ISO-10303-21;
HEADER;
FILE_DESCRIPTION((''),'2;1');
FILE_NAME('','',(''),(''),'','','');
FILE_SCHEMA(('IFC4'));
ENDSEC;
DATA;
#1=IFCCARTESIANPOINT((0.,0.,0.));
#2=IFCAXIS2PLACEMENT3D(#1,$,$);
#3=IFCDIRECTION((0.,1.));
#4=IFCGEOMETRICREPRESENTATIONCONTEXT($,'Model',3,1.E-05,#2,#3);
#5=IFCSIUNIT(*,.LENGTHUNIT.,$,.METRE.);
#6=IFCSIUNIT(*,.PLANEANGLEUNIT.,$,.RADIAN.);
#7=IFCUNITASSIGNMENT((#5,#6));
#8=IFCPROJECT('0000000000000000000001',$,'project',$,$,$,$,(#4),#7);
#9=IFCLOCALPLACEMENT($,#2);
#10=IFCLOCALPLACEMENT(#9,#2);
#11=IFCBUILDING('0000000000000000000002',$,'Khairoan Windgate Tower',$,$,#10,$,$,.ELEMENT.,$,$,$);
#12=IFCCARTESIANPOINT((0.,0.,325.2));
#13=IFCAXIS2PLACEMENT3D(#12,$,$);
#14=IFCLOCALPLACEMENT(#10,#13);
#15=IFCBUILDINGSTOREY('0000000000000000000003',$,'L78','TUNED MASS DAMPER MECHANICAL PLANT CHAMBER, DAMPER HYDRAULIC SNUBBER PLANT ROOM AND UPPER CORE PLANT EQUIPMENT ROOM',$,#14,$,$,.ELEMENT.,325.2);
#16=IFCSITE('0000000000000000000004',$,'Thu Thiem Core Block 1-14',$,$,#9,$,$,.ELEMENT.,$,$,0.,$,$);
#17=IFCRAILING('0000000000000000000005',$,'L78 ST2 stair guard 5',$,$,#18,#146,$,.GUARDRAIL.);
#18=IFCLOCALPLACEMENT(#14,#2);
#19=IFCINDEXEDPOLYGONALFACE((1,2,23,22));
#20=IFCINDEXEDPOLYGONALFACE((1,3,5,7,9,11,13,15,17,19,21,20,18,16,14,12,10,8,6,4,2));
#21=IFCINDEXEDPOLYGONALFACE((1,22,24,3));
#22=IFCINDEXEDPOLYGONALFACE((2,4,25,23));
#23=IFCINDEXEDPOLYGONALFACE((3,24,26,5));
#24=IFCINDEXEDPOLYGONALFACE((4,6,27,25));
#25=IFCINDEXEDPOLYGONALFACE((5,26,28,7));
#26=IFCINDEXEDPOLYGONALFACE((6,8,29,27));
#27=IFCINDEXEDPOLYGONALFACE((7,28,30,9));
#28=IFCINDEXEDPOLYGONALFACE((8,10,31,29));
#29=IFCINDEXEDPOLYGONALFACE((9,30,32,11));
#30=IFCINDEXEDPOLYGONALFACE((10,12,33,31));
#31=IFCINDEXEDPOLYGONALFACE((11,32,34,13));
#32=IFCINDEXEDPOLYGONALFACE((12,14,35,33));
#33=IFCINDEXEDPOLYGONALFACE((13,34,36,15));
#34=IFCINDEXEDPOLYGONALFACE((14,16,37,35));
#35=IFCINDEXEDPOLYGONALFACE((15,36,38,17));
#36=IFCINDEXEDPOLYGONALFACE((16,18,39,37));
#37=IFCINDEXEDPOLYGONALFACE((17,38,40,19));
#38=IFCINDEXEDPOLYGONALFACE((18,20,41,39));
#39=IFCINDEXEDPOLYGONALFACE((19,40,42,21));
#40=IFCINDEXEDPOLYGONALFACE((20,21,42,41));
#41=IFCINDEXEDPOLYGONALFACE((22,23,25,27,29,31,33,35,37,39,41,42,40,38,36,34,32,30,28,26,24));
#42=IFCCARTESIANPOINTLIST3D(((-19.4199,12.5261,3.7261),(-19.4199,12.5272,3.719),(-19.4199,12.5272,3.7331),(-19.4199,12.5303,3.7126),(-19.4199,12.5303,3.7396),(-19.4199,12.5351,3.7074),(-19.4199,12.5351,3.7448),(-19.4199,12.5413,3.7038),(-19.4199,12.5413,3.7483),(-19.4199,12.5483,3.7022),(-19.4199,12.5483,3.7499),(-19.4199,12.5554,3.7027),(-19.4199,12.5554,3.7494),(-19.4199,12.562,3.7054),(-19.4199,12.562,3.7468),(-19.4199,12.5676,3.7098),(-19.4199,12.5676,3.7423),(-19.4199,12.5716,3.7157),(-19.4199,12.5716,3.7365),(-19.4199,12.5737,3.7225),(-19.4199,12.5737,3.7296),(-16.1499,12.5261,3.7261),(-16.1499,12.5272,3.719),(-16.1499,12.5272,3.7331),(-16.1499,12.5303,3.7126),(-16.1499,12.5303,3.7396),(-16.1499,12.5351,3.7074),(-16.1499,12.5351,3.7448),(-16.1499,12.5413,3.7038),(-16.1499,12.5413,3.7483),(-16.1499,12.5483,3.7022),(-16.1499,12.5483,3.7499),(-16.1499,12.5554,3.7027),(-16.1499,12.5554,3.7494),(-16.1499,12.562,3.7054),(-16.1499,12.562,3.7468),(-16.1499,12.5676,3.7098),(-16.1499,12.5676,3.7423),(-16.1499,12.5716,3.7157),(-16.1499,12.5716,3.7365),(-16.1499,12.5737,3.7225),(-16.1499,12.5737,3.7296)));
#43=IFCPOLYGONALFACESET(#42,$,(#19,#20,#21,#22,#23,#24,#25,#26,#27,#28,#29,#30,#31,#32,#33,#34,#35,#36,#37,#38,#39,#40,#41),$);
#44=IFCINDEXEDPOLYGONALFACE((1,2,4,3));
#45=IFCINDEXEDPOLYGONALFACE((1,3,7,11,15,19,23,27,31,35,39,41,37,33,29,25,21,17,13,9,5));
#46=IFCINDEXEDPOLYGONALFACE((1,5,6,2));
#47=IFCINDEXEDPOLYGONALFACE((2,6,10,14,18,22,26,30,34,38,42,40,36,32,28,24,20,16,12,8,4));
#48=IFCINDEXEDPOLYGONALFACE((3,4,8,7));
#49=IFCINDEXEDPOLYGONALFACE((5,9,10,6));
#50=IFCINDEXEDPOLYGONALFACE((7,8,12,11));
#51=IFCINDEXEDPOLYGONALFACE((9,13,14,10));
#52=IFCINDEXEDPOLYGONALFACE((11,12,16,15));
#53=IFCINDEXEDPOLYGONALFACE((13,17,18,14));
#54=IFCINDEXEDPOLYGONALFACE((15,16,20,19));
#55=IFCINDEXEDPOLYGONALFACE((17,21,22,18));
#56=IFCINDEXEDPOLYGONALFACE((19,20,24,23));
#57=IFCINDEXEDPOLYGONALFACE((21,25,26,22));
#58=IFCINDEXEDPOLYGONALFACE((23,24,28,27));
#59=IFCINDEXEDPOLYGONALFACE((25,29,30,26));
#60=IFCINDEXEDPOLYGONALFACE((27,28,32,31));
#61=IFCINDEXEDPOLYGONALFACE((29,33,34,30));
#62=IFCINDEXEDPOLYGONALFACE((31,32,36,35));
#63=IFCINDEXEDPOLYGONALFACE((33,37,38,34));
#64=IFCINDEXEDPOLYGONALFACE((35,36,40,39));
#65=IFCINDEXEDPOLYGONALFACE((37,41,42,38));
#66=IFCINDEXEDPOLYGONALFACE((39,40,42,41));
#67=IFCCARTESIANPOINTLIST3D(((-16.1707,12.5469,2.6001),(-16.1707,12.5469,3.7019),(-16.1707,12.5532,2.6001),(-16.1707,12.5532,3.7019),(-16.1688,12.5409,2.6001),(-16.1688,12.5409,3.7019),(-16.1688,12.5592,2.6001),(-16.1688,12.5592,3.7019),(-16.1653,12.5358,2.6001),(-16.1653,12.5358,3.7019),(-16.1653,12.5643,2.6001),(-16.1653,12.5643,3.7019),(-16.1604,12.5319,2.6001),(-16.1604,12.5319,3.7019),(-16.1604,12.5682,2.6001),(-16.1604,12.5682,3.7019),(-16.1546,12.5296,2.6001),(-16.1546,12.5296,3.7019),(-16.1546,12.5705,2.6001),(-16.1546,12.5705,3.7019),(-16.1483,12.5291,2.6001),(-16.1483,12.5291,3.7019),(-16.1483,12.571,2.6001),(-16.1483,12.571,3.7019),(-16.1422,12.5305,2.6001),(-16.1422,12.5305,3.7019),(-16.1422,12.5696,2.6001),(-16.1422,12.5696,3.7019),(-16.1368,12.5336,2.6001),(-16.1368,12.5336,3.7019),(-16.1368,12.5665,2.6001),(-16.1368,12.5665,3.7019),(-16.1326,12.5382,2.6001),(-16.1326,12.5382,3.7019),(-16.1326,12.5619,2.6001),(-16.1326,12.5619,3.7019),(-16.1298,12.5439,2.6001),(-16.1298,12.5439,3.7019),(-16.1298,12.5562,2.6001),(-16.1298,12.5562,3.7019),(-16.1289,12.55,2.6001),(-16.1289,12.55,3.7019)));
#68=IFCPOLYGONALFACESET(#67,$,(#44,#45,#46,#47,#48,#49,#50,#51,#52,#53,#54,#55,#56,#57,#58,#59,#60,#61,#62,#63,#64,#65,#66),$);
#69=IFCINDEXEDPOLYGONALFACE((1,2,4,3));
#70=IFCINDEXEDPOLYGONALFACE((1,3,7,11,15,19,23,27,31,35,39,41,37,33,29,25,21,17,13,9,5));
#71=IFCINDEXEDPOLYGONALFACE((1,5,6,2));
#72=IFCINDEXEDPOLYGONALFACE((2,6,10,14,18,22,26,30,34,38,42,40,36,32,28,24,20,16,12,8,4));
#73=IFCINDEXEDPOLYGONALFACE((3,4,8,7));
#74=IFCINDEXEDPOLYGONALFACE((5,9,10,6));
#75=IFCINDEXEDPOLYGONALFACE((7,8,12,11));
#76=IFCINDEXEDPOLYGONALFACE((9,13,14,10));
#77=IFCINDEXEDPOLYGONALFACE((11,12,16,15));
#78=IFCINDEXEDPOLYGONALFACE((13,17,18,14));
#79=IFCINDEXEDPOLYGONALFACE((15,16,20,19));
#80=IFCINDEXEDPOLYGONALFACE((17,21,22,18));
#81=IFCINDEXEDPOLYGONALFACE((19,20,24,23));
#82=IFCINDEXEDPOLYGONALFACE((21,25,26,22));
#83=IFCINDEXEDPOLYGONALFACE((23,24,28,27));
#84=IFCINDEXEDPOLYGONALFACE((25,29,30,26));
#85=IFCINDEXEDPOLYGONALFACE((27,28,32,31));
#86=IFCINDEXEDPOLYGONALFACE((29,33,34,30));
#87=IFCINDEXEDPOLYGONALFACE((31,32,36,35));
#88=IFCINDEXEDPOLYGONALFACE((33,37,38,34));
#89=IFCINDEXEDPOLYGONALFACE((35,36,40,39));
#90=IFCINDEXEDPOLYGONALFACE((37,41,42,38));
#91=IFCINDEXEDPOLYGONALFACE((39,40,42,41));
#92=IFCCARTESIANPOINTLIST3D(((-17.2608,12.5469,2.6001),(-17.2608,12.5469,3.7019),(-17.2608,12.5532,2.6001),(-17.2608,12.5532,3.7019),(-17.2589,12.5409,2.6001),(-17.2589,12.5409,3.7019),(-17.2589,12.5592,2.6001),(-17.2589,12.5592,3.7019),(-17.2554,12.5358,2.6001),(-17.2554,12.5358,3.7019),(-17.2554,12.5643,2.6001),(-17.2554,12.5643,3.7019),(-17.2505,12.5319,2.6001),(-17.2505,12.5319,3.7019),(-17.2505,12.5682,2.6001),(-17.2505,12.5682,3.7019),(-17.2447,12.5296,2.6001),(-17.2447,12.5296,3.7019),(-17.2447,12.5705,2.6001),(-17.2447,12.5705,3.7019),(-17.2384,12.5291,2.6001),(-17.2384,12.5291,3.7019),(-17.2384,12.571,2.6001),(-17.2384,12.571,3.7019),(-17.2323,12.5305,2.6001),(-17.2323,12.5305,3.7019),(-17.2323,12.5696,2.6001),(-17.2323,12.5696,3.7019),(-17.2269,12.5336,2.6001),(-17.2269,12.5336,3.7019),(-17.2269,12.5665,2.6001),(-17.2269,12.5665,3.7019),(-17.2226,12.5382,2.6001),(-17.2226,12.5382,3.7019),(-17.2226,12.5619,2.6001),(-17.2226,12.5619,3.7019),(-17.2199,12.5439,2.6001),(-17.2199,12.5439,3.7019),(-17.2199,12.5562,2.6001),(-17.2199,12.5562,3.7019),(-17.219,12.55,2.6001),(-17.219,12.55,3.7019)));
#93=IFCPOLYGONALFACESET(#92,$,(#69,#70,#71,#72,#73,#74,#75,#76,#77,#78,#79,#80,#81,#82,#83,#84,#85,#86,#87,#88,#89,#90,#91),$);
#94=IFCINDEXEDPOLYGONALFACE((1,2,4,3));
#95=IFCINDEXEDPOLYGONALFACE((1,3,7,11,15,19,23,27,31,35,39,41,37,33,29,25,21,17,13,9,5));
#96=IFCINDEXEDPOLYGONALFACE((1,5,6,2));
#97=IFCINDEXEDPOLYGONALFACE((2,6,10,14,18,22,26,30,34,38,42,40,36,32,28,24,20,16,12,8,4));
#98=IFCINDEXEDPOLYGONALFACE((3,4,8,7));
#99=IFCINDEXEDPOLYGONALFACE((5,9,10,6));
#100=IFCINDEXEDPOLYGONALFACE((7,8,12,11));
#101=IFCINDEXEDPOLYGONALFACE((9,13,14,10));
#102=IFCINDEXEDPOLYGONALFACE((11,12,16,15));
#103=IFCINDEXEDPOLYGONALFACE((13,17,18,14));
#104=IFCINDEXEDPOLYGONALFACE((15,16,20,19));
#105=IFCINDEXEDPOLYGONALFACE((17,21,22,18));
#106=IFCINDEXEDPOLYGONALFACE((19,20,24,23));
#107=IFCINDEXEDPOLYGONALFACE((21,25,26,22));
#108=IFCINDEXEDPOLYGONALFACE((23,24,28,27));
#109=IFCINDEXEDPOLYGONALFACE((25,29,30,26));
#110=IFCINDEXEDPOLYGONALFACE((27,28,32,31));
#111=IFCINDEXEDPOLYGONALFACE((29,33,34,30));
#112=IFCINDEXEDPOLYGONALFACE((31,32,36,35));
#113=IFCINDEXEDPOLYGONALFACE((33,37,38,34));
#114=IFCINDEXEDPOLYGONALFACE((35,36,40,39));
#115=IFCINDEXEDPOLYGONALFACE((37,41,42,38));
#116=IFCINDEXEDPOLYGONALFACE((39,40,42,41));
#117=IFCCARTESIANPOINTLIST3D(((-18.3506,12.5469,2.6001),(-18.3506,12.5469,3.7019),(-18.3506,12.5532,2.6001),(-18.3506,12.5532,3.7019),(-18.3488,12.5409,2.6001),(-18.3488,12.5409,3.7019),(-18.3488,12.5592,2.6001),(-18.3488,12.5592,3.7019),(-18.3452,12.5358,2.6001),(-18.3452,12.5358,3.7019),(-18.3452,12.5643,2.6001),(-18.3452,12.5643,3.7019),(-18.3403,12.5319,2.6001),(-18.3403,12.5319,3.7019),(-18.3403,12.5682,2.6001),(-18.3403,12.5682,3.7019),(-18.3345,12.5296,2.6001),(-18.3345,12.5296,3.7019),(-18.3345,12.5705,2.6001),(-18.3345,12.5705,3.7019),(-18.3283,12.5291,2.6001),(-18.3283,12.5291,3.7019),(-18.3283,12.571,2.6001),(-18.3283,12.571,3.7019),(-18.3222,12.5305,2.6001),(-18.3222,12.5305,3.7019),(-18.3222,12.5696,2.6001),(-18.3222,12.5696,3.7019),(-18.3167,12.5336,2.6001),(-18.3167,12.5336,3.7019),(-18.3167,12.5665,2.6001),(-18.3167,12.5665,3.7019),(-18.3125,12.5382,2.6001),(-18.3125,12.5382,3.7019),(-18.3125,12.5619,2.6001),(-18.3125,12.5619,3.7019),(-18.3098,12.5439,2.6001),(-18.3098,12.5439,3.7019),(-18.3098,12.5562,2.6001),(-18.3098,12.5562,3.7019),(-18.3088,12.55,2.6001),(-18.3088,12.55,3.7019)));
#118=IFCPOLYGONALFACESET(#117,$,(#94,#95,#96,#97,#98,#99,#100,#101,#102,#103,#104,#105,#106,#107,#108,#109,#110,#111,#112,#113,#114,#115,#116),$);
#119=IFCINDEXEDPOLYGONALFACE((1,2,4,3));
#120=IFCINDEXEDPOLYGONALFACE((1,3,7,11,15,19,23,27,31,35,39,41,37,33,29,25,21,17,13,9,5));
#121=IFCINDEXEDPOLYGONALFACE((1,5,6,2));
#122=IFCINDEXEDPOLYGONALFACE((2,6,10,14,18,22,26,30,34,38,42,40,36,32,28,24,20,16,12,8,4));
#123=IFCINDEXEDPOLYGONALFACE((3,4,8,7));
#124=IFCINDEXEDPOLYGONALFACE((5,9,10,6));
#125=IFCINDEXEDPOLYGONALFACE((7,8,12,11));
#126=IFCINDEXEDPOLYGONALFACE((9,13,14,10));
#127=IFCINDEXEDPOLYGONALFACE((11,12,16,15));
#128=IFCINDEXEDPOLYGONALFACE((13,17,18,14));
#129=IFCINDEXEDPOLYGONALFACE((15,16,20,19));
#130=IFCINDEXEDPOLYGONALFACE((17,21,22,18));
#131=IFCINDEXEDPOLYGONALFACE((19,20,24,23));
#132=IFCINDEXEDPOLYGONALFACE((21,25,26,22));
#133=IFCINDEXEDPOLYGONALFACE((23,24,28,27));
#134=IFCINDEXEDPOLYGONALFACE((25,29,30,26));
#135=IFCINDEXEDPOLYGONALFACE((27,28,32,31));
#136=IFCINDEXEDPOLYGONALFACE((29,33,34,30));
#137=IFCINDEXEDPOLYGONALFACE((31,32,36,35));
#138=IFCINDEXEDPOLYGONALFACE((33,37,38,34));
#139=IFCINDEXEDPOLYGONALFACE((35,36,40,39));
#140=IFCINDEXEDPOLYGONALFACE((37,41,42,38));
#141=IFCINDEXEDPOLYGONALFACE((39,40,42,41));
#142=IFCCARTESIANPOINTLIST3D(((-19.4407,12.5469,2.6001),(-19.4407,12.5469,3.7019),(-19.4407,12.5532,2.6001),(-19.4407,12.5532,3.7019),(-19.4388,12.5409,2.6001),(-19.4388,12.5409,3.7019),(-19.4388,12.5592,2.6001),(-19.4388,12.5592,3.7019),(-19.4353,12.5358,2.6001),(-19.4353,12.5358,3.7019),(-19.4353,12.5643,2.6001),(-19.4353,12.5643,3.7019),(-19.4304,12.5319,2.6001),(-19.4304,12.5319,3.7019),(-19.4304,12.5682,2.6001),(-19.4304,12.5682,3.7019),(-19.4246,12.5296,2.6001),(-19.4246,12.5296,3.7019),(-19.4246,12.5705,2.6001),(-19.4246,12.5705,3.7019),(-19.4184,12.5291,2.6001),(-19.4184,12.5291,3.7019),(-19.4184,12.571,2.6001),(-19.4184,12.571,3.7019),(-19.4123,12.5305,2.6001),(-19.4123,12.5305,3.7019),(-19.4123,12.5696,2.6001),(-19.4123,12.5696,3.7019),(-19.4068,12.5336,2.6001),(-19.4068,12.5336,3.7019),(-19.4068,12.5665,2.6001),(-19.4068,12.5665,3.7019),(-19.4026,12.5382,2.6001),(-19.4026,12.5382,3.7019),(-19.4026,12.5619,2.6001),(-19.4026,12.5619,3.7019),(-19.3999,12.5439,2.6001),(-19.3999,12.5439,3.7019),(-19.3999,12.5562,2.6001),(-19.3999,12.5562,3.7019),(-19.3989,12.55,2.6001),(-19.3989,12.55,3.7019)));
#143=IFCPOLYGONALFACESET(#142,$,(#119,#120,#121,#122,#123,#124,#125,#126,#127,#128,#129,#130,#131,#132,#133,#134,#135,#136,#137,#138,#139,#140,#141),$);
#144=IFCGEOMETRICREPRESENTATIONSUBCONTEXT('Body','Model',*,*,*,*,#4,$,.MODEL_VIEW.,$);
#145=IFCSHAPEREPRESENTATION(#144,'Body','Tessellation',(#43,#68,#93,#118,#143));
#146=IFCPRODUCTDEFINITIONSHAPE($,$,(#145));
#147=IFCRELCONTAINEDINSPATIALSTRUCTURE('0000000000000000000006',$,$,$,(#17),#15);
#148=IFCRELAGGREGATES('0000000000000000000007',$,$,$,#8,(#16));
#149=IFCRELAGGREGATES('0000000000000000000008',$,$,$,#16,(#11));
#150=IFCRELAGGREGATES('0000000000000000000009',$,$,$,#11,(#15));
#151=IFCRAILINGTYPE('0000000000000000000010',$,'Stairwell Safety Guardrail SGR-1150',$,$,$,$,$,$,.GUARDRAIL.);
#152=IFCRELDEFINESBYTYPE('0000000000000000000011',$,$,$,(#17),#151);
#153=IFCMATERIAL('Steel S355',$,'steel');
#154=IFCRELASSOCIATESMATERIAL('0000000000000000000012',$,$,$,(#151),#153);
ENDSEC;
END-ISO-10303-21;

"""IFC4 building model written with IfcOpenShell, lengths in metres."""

from ifc_helpers import new_model, si_unit, direction, frame, origin, origin_2d, place, context, subcontext, project, spatial, circle, extrude, material, type_object, element, save


model = new_model("IFC4")

# Units and contexts
model_context = context("Model", 3, precision=1e-05, world=origin(), true_north=direction((0.0, 1.0)))
body_context = subcontext(model_context, "Body", "Model", "MODEL_VIEW")
ifc_project = project(units=[si_unit("LENGTHUNIT", "METRE"), si_unit("PLANEANGLEUNIT", "RADIAN")], contexts=[model_context])

# Site, building, storey
site_placement = place(None, origin())
site = spatial("IfcSite", under=ifc_project, at=site_placement, Name="Thu Thiem Core Block 1-14", CompositionType="ELEMENT", RefElevation=0.0)
building_placement = place(site_placement, origin())
building = spatial("IfcBuilding", under=site, at=building_placement, Name="Khairoan Windgate Tower", CompositionType="ELEMENT")
storey_placement = place(building_placement, frame((0.0, 0.0, 325.2)))
storey = spatial("IfcBuildingStorey", under=building, at=storey_placement, Name="L78", Description="TUNED MASS DAMPER MECHANICAL PLANT CHAMBER, DAMPER HYDRAULIC SNUBBER PLANT ROOM AND UPPER CORE PLANT EQUIPMENT ROOM", CompositionType="ELEMENT", Elevation=325.2)

# Railing
ifc_material_1 = material(Name="Steel S355", Category="steel")
railing_type = type_object("IfcRailingType", Name="Stairwell Safety Guardrail SGR-1150", PredefinedType="GUARDRAIL", material=ifc_material_1)
railing_1_placement = place(storey_placement, frame((-16.1499, 12.55, 2.6001)))
element("IfcRailing", 1, at=railing_1_placement, inside=storey, type_object=railing_type, Name="L78 ST2 stair guard 5", PredefinedType="GUARDRAIL", context=body_context, shape_type="SweptSolid", body=[
    extrude(circle(Radius=0.0239, at=origin_2d()), frame((0.0, 0.0, 1.126), z_axis=(-1.0, 0.0, 0.0), x_axis=(0.0, -1.0, 0.0)), (0.0, 0.0, 1.0), 3.27),
    extrude(circle(Radius=0.021, at=origin_2d()), origin(), (0.0, 0.0, 1.0), 1.1018),
    extrude(circle(Radius=0.021, at=origin_2d()), frame((-1.0901, 0.0, 0.0)), (0.0, 0.0, 1.0), 1.1018),
    extrude(circle(Radius=0.021, at=origin_2d()), frame((-2.1799, 0.0, 0.0)), (0.0, 0.0, 1.0), 1.1018),
    extrude(circle(Radius=0.021, at=origin_2d()), frame((-3.27, 0.0, 0.0)), (0.0, 0.0, 1.0), 1.1018),
])

save(model, "model.ifc")
